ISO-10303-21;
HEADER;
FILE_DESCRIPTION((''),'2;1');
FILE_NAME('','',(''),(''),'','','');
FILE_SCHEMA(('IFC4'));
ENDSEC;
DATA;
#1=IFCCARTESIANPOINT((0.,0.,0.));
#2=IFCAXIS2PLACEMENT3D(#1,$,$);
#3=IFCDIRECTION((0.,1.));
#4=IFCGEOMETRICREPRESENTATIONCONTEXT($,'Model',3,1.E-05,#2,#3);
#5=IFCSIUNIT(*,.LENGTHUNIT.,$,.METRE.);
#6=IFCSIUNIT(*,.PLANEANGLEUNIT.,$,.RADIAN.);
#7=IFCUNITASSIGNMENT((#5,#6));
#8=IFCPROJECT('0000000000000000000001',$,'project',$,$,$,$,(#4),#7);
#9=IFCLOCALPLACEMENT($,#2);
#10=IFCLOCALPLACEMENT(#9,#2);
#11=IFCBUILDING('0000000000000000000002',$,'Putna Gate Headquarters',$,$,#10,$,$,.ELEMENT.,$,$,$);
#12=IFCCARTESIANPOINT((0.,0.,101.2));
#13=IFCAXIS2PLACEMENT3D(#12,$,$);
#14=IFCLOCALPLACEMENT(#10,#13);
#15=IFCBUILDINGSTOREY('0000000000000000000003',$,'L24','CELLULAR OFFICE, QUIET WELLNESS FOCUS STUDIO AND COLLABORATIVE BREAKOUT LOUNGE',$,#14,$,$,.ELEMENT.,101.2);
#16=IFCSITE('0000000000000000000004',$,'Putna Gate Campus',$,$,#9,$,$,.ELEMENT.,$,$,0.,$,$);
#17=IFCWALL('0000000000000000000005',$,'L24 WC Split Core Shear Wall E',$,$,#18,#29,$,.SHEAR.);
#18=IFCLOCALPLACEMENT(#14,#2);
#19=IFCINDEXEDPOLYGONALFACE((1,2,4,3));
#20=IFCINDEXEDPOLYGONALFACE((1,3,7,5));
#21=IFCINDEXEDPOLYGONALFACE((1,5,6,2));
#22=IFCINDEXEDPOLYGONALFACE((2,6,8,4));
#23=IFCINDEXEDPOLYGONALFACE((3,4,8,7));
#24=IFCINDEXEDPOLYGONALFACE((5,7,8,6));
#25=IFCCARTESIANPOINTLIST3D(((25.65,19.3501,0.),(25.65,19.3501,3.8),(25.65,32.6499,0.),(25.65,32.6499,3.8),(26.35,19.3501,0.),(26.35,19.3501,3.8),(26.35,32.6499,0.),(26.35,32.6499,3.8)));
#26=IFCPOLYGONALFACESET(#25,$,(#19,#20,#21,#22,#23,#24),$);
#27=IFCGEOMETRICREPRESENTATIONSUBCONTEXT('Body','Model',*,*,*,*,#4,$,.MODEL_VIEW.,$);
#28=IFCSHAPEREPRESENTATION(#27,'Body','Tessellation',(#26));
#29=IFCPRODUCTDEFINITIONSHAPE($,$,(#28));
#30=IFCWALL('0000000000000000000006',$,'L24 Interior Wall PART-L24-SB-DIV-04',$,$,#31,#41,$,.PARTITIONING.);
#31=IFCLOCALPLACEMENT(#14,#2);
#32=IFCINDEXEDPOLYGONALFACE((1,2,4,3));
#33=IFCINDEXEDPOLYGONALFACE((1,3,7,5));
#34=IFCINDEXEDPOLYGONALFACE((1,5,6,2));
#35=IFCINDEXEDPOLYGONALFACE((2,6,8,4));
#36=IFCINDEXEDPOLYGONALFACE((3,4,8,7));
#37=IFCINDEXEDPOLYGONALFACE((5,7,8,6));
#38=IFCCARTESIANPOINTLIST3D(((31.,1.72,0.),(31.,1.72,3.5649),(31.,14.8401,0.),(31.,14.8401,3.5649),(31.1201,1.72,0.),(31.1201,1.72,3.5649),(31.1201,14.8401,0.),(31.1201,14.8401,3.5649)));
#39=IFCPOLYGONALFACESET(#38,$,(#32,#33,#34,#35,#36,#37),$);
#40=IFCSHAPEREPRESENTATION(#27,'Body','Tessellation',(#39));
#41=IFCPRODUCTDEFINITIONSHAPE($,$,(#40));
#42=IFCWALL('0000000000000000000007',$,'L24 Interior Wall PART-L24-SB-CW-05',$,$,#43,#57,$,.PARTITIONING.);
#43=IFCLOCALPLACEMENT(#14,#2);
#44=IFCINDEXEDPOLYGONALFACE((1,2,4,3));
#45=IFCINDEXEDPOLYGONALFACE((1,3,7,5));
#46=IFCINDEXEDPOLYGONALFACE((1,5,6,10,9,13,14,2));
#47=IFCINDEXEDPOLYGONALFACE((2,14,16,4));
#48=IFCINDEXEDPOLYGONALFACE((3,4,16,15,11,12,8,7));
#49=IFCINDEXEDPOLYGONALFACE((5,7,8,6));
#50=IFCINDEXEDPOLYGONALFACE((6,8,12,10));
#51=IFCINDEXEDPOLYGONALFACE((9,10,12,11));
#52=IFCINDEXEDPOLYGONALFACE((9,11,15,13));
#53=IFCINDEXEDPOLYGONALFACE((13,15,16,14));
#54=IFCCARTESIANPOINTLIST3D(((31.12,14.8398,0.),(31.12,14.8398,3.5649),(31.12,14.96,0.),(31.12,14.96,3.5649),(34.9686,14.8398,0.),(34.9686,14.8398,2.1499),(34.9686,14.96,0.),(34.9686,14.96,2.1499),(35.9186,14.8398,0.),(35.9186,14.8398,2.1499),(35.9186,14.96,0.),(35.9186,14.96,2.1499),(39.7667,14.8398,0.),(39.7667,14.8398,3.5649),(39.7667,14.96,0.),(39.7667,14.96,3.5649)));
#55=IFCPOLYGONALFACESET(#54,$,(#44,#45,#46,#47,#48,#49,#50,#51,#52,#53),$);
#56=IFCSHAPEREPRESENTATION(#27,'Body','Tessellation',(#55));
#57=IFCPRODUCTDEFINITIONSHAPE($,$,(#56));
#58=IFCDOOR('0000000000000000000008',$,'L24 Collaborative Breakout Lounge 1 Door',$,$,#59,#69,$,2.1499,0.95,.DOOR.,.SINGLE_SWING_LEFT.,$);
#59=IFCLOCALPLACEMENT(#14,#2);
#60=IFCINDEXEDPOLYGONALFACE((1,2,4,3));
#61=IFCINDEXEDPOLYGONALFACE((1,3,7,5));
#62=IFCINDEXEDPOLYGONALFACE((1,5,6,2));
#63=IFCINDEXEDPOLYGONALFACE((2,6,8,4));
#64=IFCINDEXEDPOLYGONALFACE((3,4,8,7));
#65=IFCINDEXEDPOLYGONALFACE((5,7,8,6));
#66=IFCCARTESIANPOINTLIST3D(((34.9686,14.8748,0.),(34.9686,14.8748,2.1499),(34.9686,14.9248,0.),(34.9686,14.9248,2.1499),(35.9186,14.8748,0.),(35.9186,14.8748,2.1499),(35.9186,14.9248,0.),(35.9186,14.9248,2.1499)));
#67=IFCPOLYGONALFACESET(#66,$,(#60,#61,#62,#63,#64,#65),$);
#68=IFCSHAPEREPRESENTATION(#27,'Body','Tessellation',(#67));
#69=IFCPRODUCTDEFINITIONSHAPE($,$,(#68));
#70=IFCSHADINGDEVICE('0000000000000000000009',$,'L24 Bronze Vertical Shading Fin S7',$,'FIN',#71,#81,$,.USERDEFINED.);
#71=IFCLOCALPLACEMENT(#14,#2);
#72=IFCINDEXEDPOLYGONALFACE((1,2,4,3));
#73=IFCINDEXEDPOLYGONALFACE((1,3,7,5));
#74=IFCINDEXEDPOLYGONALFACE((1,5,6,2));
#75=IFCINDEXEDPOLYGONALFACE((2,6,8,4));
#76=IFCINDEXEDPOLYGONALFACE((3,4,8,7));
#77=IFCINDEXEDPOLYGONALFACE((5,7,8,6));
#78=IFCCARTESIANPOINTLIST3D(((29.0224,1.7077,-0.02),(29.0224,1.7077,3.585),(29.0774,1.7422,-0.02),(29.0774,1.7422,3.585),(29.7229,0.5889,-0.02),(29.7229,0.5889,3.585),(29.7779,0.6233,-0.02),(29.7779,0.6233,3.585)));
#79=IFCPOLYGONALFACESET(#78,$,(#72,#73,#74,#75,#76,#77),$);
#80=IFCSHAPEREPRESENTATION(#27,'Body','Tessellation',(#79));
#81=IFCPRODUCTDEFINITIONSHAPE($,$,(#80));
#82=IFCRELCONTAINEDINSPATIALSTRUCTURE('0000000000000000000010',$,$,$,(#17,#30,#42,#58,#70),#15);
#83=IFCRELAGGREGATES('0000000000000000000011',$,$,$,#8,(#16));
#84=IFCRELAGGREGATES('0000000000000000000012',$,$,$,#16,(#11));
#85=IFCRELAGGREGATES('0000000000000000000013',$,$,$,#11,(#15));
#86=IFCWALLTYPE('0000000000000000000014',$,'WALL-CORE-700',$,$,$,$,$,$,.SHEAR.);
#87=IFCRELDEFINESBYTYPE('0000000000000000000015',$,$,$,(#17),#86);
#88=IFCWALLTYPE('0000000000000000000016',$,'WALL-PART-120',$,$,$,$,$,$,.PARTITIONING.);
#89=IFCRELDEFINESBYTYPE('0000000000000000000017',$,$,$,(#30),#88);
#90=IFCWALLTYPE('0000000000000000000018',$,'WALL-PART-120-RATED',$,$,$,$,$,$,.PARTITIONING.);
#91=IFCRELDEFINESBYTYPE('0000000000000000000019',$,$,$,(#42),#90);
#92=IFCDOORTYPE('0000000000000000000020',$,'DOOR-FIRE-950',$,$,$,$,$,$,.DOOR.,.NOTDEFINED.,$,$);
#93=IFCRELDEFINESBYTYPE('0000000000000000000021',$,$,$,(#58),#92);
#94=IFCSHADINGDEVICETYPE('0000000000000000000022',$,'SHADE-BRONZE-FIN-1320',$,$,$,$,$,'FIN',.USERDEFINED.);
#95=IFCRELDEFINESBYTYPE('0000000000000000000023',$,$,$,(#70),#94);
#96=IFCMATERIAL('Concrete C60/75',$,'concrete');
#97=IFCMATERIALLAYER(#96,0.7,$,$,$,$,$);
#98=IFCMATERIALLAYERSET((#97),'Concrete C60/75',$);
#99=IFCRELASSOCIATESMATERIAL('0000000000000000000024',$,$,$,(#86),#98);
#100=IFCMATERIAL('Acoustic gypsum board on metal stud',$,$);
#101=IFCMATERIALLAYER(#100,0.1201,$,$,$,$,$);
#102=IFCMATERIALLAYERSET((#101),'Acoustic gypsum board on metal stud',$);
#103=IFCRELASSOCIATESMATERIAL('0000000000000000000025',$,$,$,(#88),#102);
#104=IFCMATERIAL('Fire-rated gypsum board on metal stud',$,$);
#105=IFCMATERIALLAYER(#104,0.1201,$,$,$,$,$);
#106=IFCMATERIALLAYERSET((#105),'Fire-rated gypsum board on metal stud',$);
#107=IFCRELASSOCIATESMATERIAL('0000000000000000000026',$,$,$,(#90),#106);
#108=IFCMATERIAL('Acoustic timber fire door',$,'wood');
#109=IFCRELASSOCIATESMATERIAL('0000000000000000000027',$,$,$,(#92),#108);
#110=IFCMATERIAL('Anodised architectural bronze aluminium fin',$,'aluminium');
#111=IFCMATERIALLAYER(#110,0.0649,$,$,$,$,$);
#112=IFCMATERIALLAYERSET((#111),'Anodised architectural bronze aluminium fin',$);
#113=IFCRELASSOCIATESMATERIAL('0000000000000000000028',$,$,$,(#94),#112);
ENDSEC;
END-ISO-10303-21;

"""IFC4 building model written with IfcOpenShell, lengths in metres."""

from ifc_helpers import new_model, si_unit, direction, frame, frame_2d, origin, origin_2d, place, context, subcontext, project, spatial, rectangle, extrude, material, layer, layer_set, type_object, element, fill, save


model = new_model("IFC4")

# Units and contexts
model_context = context("Model", 3, precision=1e-05, world=origin(), true_north=direction((0.0, 1.0)))
body_context = subcontext(model_context, "Body", "Model", "MODEL_VIEW")
ifc_project = project(units=[si_unit("LENGTHUNIT", "METRE"), si_unit("PLANEANGLEUNIT", "RADIAN")], contexts=[model_context])

# Site, building, storey
site_placement = place(None, origin())
site = spatial("IfcSite", under=ifc_project, at=site_placement, Name="Putna Gate Campus", CompositionType="ELEMENT", RefElevation=0.0)
building_placement = place(site_placement, origin())
building = spatial("IfcBuilding", under=site, at=building_placement, Name="Putna Gate Headquarters", CompositionType="ELEMENT")
storey_placement = place(building_placement, frame((0.0, 0.0, 101.2)))
storey = spatial("IfcBuildingStorey", under=building, at=storey_placement, Name="L24", Description="CELLULAR OFFICE, QUIET WELLNESS FOCUS STUDIO AND COLLABORATIVE BREAKOUT LOUNGE", CompositionType="ELEMENT", Elevation=101.2)

# Shared definitions
ifc_material_1 = material(Name="Concrete C60/75", Category="concrete")

# Walls
ifc_layer_1 = layer(ifc_material_1, 0.7)
ifc_layer_set_1 = layer_set([ifc_layer_1], Name="Concrete C60/75")
wall_type_1 = type_object("IfcWallType", Name="WALL-CORE-700", PredefinedType="SHEAR", material=ifc_layer_set_1)
wall_1_placement = place(storey_placement, frame((26.0, 19.3501, 0.0), z_axis=(0.0, 0.0, 1.0), x_axis=(0.0, 1.0, 0.0)))
element("IfcWall", 1, at=wall_1_placement, inside=storey, type_object=wall_type_1, Name="L24 WC Split Core Shear Wall E", PredefinedType="SHEAR", context=body_context, shape_type="SweptSolid", body=[
    extrude(rectangle(XDim=13.2998, YDim=0.7, at=frame_2d((6.6499, 0.0))), origin(), (0.0, 0.0, 1.0), 3.8),
])
ifc_material_2 = material(Name="Acoustic gypsum board on metal stud")
ifc_layer_2 = layer(ifc_material_2, 0.1201)
ifc_layer_set_2 = layer_set([ifc_layer_2], Name="Acoustic gypsum board on metal stud")
wall_type_2 = type_object("IfcWallType", Name="WALL-PART-120", PredefinedType="PARTITIONING", material=ifc_layer_set_2)
wall_2_placement = place(storey_placement, frame((31.0601, 1.72, 0.0), z_axis=(0.0, 0.0, 1.0), x_axis=(0.0, 1.0, 0.0)))
element("IfcWall", 2, at=wall_2_placement, inside=storey, type_object=wall_type_2, Name="L24 Interior Wall PART-L24-SB-DIV-04", PredefinedType="PARTITIONING", context=body_context, shape_type="SweptSolid", body=[
    extrude(rectangle(XDim=13.1201, YDim=0.1201, at=frame_2d((6.5601, 0.0))), origin(), (0.0, 0.0, 1.0), 3.5649),
])

# Wall, opening, door
ifc_material_3 = material(Name="Fire-rated gypsum board on metal stud")
ifc_layer_3 = layer(ifc_material_3, 0.1201)
ifc_layer_set_3 = layer_set([ifc_layer_3], Name="Fire-rated gypsum board on metal stud")
wall_type_3 = type_object("IfcWallType", Name="WALL-PART-120-RATED", PredefinedType="PARTITIONING", material=ifc_layer_set_3)
wall_3_placement = place(storey_placement, frame((31.1201, 14.8999, 0.0), z_axis=(0.0, 0.0, 1.0), x_axis=(1.0, 0.0, 0.0)))
wall_3 = element("IfcWall", 3, at=wall_3_placement, inside=storey, type_object=wall_type_3, Name="L24 Interior Wall PART-L24-SB-CW-05", PredefinedType="PARTITIONING", context=body_context, shape_type="SweptSolid", body=[
    extrude(rectangle(XDim=8.6467, YDim=0.1201, at=frame_2d((4.3232, 0.0))), origin(), (0.0, 0.0, 1.0), 3.5649),
])
opening_placement = place(wall_3_placement, frame((3.8484, 0.0, 0.0)))
opening = element("IfcOpeningElement", 4, at=opening_placement, cuts=wall_3, PredefinedType="OPENING", context=body_context, shape_type="SweptSolid", body=[
    extrude(rectangle(XDim=0.95, YDim=2.1499, at=frame_2d((0.4751, 1.075))), frame((0.0, 0.0701, 0.0), z_axis=(0.0, -1.0, 0.0), x_axis=(1.0, 0.0, 0.0)), (0.0, 0.0, 1.0), 0.1401),
])
ifc_material_4 = material(Name="Acoustic timber fire door", Category="wood")
door_type = type_object("IfcDoorType", Name="DOOR-FIRE-950", OperationType="NOTDEFINED", PredefinedType="DOOR", material=ifc_material_4)
door_placement = place(opening_placement, origin())
door = element("IfcDoor", 5, at=door_placement, inside=storey, type_object=door_type, Name="L24 Collaborative Breakout Lounge 1 Door", OperationType="SINGLE_SWING_LEFT", OverallHeight=2.1499, OverallWidth=0.95, PredefinedType="DOOR", context=body_context, shape_type="SweptSolid", body=[
    extrude(rectangle(XDim=0.95, YDim=2.1499, at=frame_2d((0.4751, 1.075))), frame((0.0, 0.0249, 0.0), z_axis=(0.0, -1.0, 0.0), x_axis=(1.0, 0.0, 0.0)), (0.0, 0.0, 1.0), 0.05),
])
fill(opening, door)

# Shading device
ifc_material_5 = material(Name="Anodised architectural bronze aluminium fin", Category="aluminium")
ifc_layer_4 = layer(ifc_material_5, 0.0649)
ifc_layer_set_4 = layer_set([ifc_layer_4], Name="Anodised architectural bronze aluminium fin")
shading_device_type = type_object("IfcShadingDeviceType", Name="SHADE-BRONZE-FIN-1320", ElementType="FIN", PredefinedType="USERDEFINED", material=ifc_layer_set_4)
shading_device_placement = place(storey_placement, frame((29.4001, 1.1655, -0.02), z_axis=(0.0, 0.0, 1.0), x_axis=(0.530659, -0.847585, 0.0)))
element("IfcShadingDevice", 6, at=shading_device_placement, inside=storey, type_object=shading_device_type, Name="L24 Bronze Vertical Shading Fin S7", ObjectType="FIN", PredefinedType="USERDEFINED", context=body_context, shape_type="SweptSolid", body=[
    extrude(rectangle(XDim=1.3201, YDim=0.0649, at=origin_2d()), origin(), (0.0, 0.0, 1.0), 3.605),
])

save(model, "model.ifc")
